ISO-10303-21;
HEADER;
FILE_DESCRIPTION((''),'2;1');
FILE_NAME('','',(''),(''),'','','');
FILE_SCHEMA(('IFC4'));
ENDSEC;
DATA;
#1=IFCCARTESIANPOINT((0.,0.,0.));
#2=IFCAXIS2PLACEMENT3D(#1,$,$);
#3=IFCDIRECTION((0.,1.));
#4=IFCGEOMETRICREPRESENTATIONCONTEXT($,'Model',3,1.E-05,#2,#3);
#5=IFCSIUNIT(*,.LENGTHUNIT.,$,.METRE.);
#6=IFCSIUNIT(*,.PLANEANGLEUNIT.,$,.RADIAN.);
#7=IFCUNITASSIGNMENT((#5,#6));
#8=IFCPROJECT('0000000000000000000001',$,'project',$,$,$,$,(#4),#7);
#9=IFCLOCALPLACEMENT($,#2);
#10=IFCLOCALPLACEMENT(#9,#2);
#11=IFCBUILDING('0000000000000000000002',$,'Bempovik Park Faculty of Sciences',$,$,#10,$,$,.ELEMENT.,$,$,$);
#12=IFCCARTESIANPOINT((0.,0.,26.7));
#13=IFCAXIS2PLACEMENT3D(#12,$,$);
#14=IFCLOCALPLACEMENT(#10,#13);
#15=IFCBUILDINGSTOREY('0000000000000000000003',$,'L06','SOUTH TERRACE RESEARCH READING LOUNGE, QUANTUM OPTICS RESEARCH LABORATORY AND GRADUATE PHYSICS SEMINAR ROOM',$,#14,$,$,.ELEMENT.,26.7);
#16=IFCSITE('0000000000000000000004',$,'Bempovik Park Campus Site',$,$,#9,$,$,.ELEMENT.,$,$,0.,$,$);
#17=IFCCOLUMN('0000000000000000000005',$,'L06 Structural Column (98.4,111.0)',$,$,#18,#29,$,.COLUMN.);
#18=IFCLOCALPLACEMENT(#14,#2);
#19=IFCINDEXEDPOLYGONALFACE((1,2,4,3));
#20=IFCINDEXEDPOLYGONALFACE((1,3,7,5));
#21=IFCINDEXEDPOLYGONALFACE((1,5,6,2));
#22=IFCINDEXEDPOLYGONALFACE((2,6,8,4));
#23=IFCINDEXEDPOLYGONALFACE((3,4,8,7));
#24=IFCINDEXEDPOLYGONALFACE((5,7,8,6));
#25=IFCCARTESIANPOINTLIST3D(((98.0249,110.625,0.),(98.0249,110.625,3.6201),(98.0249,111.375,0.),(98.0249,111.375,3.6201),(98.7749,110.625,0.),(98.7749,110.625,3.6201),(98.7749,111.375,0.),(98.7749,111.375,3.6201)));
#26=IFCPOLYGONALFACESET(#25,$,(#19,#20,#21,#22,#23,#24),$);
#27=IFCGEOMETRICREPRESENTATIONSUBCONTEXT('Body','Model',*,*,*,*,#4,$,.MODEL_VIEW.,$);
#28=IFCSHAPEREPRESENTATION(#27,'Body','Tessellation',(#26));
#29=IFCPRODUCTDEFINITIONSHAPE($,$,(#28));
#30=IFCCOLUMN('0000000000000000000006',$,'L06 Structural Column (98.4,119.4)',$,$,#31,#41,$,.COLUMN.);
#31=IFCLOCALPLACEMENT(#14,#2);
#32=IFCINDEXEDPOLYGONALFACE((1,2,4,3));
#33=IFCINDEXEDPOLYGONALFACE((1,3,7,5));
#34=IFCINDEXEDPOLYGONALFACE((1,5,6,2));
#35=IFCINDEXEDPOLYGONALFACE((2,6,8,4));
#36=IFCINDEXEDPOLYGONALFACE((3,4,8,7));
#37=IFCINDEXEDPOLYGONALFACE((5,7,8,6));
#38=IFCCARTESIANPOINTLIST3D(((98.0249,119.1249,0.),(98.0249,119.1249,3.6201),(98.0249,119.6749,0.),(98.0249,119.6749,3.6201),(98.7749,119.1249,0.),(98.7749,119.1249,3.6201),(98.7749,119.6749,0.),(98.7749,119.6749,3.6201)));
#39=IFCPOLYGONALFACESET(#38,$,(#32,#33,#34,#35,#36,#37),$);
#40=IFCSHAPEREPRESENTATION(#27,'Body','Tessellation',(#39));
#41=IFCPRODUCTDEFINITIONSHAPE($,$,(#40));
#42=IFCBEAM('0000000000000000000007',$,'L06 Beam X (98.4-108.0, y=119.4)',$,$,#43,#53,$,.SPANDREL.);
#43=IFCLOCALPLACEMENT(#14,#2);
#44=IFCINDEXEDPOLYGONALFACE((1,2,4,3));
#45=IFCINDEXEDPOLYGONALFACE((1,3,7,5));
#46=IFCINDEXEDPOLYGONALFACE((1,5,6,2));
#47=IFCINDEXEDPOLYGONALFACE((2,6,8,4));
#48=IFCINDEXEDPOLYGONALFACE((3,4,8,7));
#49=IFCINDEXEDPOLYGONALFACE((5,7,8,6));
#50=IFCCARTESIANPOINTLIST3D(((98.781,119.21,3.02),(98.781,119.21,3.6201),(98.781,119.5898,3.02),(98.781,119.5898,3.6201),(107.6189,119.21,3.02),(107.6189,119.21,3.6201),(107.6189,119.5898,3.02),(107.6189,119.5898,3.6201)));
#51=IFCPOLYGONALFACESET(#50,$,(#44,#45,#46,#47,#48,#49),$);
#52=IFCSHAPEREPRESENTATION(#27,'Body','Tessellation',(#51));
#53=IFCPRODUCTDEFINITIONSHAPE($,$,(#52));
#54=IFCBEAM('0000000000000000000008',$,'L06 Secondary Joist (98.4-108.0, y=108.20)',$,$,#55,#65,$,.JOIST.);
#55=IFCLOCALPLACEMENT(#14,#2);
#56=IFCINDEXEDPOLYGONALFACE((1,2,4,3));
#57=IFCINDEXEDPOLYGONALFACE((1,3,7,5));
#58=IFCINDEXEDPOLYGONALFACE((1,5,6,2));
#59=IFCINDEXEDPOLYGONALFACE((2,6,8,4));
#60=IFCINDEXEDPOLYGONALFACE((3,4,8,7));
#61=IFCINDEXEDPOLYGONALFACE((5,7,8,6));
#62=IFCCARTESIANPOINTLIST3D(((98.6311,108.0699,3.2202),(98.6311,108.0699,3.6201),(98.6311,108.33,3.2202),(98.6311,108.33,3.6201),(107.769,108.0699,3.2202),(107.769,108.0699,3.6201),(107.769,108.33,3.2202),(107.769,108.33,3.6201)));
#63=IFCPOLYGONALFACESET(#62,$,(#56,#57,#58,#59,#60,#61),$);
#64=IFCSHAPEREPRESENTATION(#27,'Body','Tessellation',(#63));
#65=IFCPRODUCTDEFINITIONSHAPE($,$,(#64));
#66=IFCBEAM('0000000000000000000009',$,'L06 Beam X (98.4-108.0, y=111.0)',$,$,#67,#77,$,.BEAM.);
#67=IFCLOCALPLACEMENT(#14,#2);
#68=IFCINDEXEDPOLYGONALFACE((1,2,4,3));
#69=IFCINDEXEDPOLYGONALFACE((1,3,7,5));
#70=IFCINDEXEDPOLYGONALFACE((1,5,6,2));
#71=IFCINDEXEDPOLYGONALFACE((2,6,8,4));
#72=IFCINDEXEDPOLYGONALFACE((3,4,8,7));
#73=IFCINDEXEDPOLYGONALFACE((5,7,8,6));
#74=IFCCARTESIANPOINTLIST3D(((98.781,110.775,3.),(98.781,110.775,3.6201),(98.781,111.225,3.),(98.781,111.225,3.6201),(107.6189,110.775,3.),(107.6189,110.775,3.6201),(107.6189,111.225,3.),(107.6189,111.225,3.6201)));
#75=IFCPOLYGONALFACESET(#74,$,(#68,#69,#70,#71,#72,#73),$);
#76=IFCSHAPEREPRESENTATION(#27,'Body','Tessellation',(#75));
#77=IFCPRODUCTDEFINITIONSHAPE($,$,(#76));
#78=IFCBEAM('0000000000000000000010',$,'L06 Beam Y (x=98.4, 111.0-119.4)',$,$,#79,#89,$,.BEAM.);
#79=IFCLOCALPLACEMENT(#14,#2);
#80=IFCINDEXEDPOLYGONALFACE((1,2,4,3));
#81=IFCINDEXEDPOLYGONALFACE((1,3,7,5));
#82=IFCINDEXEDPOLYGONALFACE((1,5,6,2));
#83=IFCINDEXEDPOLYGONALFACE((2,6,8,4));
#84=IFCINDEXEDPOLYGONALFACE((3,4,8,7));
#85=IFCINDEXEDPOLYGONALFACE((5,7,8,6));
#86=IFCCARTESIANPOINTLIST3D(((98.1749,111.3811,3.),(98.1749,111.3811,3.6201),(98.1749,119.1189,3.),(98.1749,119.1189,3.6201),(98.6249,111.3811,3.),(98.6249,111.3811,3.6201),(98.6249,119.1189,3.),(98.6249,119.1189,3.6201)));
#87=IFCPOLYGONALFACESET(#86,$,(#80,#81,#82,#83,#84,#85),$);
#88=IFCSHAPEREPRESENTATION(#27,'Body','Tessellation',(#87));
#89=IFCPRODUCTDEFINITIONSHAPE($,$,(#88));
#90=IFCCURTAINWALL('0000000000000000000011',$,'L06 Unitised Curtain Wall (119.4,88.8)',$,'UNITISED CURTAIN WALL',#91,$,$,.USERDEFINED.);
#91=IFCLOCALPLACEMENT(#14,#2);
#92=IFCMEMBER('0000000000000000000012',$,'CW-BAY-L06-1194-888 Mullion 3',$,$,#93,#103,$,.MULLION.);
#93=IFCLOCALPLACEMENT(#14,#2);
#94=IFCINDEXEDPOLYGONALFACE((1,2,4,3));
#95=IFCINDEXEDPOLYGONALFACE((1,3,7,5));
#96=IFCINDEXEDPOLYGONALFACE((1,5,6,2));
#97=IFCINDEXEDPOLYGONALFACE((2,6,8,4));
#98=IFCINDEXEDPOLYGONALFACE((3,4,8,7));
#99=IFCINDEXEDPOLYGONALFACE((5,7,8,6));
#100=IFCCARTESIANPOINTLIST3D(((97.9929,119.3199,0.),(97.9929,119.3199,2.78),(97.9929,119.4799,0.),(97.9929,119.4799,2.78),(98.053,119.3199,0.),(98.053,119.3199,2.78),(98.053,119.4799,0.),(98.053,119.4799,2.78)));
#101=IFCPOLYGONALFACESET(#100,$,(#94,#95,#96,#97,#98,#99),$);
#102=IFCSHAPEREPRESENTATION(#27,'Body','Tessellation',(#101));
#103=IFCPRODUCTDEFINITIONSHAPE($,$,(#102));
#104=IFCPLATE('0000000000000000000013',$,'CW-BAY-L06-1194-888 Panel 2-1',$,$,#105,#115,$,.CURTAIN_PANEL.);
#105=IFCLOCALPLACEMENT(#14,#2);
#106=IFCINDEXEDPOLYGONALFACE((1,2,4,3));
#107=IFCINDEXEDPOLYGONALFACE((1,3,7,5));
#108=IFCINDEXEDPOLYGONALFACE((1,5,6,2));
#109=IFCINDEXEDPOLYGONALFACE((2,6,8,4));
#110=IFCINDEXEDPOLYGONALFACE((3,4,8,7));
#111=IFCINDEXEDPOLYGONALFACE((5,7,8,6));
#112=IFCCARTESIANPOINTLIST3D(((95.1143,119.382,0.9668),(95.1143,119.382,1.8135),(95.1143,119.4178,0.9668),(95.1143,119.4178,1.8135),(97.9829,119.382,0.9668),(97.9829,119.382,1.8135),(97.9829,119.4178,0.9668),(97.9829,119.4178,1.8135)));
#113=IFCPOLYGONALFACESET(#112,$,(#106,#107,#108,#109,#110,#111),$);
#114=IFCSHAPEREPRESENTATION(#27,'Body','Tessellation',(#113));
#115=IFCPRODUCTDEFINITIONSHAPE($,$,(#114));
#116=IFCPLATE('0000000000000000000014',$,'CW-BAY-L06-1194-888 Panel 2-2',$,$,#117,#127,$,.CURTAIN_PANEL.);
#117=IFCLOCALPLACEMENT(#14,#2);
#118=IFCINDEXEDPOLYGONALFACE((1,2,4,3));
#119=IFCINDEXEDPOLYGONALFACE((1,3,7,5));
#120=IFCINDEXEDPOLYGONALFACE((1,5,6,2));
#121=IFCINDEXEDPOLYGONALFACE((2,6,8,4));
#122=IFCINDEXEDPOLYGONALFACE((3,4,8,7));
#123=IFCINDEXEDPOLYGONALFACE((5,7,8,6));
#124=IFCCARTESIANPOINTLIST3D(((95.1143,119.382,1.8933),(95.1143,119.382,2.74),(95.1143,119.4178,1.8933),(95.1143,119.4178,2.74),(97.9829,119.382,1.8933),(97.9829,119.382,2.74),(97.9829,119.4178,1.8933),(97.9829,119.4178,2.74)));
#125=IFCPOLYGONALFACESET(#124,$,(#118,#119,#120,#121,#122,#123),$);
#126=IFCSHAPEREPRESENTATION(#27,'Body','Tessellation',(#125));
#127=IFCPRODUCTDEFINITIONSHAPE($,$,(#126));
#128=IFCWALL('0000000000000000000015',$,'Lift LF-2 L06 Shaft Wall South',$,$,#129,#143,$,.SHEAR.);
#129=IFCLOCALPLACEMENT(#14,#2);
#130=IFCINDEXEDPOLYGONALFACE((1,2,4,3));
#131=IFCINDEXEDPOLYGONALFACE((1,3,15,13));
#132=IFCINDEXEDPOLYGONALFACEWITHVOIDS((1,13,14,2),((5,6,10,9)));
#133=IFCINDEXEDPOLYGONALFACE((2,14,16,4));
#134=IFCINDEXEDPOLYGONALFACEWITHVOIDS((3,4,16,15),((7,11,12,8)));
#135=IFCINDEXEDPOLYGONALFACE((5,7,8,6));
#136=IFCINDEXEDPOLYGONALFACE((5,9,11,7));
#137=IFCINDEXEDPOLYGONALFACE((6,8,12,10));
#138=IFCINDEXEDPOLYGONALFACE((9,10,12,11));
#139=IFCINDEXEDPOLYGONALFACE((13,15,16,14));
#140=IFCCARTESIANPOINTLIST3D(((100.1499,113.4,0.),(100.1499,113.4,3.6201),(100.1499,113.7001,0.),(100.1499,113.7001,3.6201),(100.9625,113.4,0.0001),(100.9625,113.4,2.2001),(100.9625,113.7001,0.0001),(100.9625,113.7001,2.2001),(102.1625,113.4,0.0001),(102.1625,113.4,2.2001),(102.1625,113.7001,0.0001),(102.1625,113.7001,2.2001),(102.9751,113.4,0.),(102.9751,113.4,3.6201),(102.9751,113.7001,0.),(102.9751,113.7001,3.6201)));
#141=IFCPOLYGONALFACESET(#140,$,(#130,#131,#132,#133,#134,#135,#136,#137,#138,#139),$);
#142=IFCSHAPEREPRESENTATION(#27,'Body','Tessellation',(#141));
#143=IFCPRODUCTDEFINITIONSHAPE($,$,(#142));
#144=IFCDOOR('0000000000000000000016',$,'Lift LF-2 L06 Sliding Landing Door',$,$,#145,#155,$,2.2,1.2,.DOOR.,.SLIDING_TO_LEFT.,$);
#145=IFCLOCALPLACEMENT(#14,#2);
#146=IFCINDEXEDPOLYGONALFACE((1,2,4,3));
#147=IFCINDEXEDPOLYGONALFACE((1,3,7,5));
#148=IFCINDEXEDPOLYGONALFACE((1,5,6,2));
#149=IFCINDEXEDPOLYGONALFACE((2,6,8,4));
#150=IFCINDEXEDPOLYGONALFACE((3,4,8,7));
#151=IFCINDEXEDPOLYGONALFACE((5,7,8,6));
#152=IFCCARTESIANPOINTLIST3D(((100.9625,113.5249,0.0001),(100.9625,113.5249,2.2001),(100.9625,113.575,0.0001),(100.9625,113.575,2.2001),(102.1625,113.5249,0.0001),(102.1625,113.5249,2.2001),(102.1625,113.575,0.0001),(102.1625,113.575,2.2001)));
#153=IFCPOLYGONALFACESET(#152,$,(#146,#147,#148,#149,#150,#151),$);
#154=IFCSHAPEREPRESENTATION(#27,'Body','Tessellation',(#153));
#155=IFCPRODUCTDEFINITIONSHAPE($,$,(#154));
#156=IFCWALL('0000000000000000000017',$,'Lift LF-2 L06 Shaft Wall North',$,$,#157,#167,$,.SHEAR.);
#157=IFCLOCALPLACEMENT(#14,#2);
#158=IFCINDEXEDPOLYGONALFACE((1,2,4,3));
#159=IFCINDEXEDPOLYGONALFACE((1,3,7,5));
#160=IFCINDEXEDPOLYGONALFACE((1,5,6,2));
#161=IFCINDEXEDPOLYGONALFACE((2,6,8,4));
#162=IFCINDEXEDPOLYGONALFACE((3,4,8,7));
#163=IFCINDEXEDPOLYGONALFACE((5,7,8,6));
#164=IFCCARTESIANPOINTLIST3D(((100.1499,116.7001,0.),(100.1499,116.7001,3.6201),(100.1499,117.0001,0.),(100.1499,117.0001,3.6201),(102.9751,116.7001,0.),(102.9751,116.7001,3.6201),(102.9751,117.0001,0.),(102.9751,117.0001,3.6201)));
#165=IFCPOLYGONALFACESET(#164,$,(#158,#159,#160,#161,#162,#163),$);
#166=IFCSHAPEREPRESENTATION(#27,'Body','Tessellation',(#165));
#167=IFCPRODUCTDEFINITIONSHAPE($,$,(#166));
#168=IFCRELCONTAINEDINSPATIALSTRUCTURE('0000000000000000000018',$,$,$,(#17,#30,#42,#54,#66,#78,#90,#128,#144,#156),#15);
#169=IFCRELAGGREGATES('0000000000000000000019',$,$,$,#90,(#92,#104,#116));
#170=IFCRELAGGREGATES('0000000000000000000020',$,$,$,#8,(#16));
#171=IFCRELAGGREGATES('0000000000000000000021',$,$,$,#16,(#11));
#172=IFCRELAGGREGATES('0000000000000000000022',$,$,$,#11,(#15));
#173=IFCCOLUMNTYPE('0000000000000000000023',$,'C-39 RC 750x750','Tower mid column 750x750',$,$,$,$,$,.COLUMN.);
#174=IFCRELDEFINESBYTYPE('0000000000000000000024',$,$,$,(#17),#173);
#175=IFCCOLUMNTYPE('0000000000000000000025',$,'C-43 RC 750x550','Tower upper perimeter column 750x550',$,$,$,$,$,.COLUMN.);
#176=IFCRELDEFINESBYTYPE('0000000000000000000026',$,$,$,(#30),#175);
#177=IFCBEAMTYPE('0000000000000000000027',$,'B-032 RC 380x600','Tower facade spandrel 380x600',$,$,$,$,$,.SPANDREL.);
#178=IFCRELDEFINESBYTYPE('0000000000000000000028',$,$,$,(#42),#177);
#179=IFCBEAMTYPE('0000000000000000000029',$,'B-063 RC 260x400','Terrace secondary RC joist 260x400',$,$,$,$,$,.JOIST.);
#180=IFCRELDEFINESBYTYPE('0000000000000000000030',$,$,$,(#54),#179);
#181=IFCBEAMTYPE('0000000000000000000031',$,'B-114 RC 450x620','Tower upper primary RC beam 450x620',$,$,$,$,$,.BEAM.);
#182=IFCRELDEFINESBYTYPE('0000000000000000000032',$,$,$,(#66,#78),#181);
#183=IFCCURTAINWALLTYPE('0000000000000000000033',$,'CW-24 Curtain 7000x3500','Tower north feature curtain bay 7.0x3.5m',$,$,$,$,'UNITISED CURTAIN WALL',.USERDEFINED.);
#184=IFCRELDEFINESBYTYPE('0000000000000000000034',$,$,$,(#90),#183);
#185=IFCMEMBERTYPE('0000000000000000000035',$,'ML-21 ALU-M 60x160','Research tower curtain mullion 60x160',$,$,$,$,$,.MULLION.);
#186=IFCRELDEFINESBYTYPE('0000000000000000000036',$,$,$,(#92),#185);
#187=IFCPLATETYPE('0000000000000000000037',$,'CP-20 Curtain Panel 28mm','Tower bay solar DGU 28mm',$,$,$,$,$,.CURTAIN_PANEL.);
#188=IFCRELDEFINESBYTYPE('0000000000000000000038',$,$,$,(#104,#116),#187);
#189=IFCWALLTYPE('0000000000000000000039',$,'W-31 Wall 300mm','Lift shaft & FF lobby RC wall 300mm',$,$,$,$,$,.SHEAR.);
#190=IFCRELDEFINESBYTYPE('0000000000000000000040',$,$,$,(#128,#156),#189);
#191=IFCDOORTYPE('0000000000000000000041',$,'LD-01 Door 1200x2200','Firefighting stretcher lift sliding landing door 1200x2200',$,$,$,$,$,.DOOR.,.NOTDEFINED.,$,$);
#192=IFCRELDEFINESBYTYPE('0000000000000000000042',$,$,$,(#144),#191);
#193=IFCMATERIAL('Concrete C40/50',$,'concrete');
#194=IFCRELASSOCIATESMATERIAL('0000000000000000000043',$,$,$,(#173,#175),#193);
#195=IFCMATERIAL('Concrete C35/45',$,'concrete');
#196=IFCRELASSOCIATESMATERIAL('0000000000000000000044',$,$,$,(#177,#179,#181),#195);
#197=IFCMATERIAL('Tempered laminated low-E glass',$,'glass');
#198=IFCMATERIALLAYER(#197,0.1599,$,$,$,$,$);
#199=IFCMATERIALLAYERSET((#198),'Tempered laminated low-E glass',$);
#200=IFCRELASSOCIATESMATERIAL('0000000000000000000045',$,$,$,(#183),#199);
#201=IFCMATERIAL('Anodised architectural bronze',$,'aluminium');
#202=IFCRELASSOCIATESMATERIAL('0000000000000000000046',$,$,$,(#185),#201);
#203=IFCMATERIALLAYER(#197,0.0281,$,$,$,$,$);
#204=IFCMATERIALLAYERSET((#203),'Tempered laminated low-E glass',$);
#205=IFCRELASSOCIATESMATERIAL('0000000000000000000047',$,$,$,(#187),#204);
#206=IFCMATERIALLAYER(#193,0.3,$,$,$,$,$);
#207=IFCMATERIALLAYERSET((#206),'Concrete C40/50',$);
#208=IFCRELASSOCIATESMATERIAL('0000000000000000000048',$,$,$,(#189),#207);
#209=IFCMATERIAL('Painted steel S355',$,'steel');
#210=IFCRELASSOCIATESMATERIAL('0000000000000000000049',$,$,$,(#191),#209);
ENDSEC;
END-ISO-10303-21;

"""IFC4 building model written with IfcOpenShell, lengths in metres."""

from ifc_helpers import new_model, si_unit, direction, frame, frame_2d, origin, origin_2d, place, context, subcontext, project, spatial, rectangle, extrude, material, layer, layer_set, material_profile, profile_set, type_object, element, fill, aggregate, save


model = new_model("IFC4")

# Units and contexts
model_context = context("Model", 3, precision=1e-05, world=origin(), true_north=direction((0.0, 1.0)))
body_context = subcontext(model_context, "Body", "Model", "MODEL_VIEW")
ifc_project = project(units=[si_unit("LENGTHUNIT", "METRE"), si_unit("PLANEANGLEUNIT", "RADIAN")], contexts=[model_context])

# Site, building, storey
site_placement = place(None, origin())
site = spatial("IfcSite", under=ifc_project, at=site_placement, Name="Bempovik Park Campus Site", CompositionType="ELEMENT", RefElevation=0.0)
building_placement = place(site_placement, origin())
building = spatial("IfcBuilding", under=site, at=building_placement, Name="Bempovik Park Faculty of Sciences", CompositionType="ELEMENT")
storey_placement = place(building_placement, frame((0.0, 0.0, 26.7)))
storey = spatial("IfcBuildingStorey", under=building, at=storey_placement, Name="L06", Description="SOUTH TERRACE RESEARCH READING LOUNGE, QUANTUM OPTICS RESEARCH LABORATORY AND GRADUATE PHYSICS SEMINAR ROOM", CompositionType="ELEMENT", Elevation=26.7)

# Columns
ifc_material_1 = material(Name="Concrete C40/50", Category="concrete")
ifc_material_profile_1 = material_profile(ifc_material_1, rectangle(XDim=0.75, YDim=0.75, at=origin_2d()), Name="RC 750x750")
ifc_profile_set_1 = profile_set([ifc_material_profile_1], Name="Concrete C40/50")
column_type_1 = type_object("IfcColumnType", Name="C-39 RC 750x750", Description="Tower mid column 750x750", PredefinedType="COLUMN", material=ifc_profile_set_1)
column_1_placement = place(storey_placement, frame((98.3999, 111.0, 0.0), z_axis=(0.0, 0.0, 1.0), x_axis=(1.0, 0.0, 0.0)))
element("IfcColumn", 1, at=column_1_placement, inside=storey, type_object=column_type_1, Name="L06 Structural Column (98.4,111.0)", PredefinedType="COLUMN", context=body_context, shape_type="SweptSolid", body=[
    extrude(rectangle(XDim=0.75, YDim=0.75, at=origin_2d()), origin(), (0.0, 0.0, 1.0), 3.6201),
])
ifc_material_profile_2 = material_profile(ifc_material_1, rectangle(XDim=0.75, YDim=0.55, at=origin_2d()), Name="RC 750x550")
ifc_profile_set_2 = profile_set([ifc_material_profile_2], Name="Concrete C40/50")
column_type_2 = type_object("IfcColumnType", Name="C-43 RC 750x550", Description="Tower upper perimeter column 750x550", PredefinedType="COLUMN", material=ifc_profile_set_2)
column_2_placement = place(storey_placement, frame((98.3999, 119.3999, 0.0), z_axis=(0.0, 0.0, 1.0), x_axis=(1.0, 0.0, 0.0)))
element("IfcColumn", 2, at=column_2_placement, inside=storey, type_object=column_type_2, Name="L06 Structural Column (98.4,119.4)", PredefinedType="COLUMN", context=body_context, shape_type="SweptSolid", body=[
    extrude(rectangle(XDim=0.75, YDim=0.55, at=origin_2d()), origin(), (0.0, 0.0, 1.0), 3.6201),
])

# Beams
ifc_material_2 = material(Name="Concrete C35/45", Category="concrete")
ifc_material_profile_3 = material_profile(ifc_material_2, rectangle(XDim=0.3799, YDim=0.6001, at=origin_2d()), Name="RC 380x600")
ifc_profile_set_3 = profile_set([ifc_material_profile_3], Name="Concrete C35/45")
beam_type_1 = type_object("IfcBeamType", Name="B-032 RC 380x600", Description="Tower facade spandrel 380x600", PredefinedType="SPANDREL", material=ifc_profile_set_3)
beam_1_placement = place(storey_placement, frame((98.781, 119.3999, 3.3201), z_axis=(1.0, 0.0, 0.0), x_axis=(0.0, 1.0, 0.0)))
element("IfcBeam", 3, at=beam_1_placement, inside=storey, type_object=beam_type_1, Name="L06 Beam X (98.4-108.0, y=119.4)", PredefinedType="SPANDREL", context=body_context, shape_type="SweptSolid", body=[
    extrude(rectangle(XDim=0.3799, YDim=0.6001, at=origin_2d()), origin(), (0.0, 0.0, 1.0), 8.8379),
])
ifc_material_profile_4 = material_profile(ifc_material_2, rectangle(XDim=0.26, YDim=0.3999, at=origin_2d()), Name="RC 260x400")
ifc_profile_set_4 = profile_set([ifc_material_profile_4], Name="Concrete C35/45")
beam_type_2 = type_object("IfcBeamType", Name="B-063 RC 260x400", Description="Terrace secondary RC joist 260x400", PredefinedType="JOIST", material=ifc_profile_set_4)
beam_2_placement = place(storey_placement, frame((98.6311, 108.2, 3.4202), z_axis=(1.0, 0.0, 0.0), x_axis=(0.0, 1.0, 0.0)))
element("IfcBeam", 4, at=beam_2_placement, inside=storey, type_object=beam_type_2, Name="L06 Secondary Joist (98.4-108.0, y=108.20)", PredefinedType="JOIST", context=body_context, shape_type="SweptSolid", body=[
    extrude(rectangle(XDim=0.26, YDim=0.3999, at=origin_2d()), origin(), (0.0, 0.0, 1.0), 9.1379),
])
ifc_material_profile_5 = material_profile(ifc_material_2, rectangle(XDim=0.45, YDim=0.6201, at=origin_2d()), Name="RC 450x620")
ifc_profile_set_5 = profile_set([ifc_material_profile_5], Name="Concrete C35/45")
beam_type_3 = type_object("IfcBeamType", Name="B-114 RC 450x620", Description="Tower upper primary RC beam 450x620", PredefinedType="BEAM", material=ifc_profile_set_5)
beam_3_placement = place(storey_placement, frame((98.781, 111.0, 3.3101), z_axis=(1.0, 0.0, 0.0), x_axis=(0.0, 1.0, 0.0)))
element("IfcBeam", 5, at=beam_3_placement, inside=storey, type_object=beam_type_3, Name="L06 Beam X (98.4-108.0, y=111.0)", PredefinedType="BEAM", context=body_context, shape_type="SweptSolid", body=[
    extrude(rectangle(XDim=0.45, YDim=0.6201, at=origin_2d()), origin(), (0.0, 0.0, 1.0), 8.8379),
])
beam_4_placement = place(storey_placement, frame((98.3999, 111.3811, 3.3101), z_axis=(0.0, 1.0, 0.0), x_axis=(-1.0, 0.0, 0.0)))
element("IfcBeam", 6, at=beam_4_placement, inside=storey, type_object=beam_type_3, Name="L06 Beam Y (x=98.4, 111.0-119.4)", PredefinedType="BEAM", context=body_context, shape_type="SweptSolid", body=[
    extrude(rectangle(XDim=0.45, YDim=0.6201, at=origin_2d()), origin(), (0.0, 0.0, 1.0), 7.7378),
])

# Curtain wall, member, plates
ifc_material_3 = material(Name="Tempered laminated low-E glass", Category="glass")
ifc_layer_1 = layer(ifc_material_3, 0.1599)
ifc_layer_set_1 = layer_set([ifc_layer_1], Name="Tempered laminated low-E glass")
curtain_wall_type = type_object("IfcCurtainWallType", Name="CW-24 Curtain 7000x3500", Description="Tower north feature curtain bay 7.0x3.5m", ElementType="UNITISED CURTAIN WALL", PredefinedType="USERDEFINED", material=ifc_layer_set_1)
curtain_wall_placement = place(storey_placement, origin())
curtain_wall = element("IfcCurtainWall", 7, at=curtain_wall_placement, inside=storey, type_object=curtain_wall_type, Name="L06 Unitised Curtain Wall (119.4,88.8)", ObjectType="UNITISED CURTAIN WALL", PredefinedType="USERDEFINED")
ifc_material_4 = material(Name="Anodised architectural bronze", Category="aluminium")
ifc_material_profile_6 = material_profile(ifc_material_4, rectangle(XDim=0.0601, YDim=0.1599, at=origin_2d()), Name="ALU-M 60x160")
ifc_profile_set_6 = profile_set([ifc_material_profile_6], Name="Anodised architectural bronze")
member_type = type_object("IfcMemberType", Name="ML-21 ALU-M 60x160", Description="Research tower curtain mullion 60x160", PredefinedType="MULLION", material=ifc_profile_set_6)
member_placement = place(storey_placement, frame((98.0229, 119.3999, 0.0), z_axis=(0.0, 0.0, 1.0), x_axis=(1.0, 0.0, 0.0)))
member = element("IfcMember", 8, at=member_placement, type_object=member_type, Name="CW-BAY-L06-1194-888 Mullion 3", PredefinedType="MULLION", context=body_context, shape_type="SweptSolid", body=[
    extrude(rectangle(XDim=0.0601, YDim=0.1599, at=origin_2d()), origin(), (0.0, 0.0, 1.0), 2.78),
])
ifc_layer_2 = layer(ifc_material_3, 0.0281)
ifc_layer_set_2 = layer_set([ifc_layer_2], Name="Tempered laminated low-E glass")
plate_type = type_object("IfcPlateType", Name="CP-20 Curtain Panel 28mm", Description="Tower bay solar DGU 28mm", PredefinedType="CURTAIN_PANEL", material=ifc_layer_set_2)
plate_1_placement = place(storey_placement, frame((96.5486, 119.3999, 0.9668), z_axis=(0.0, 0.0, 1.0), x_axis=(1.0, 0.0, 0.0)))
plate_1 = element("IfcPlate", 9, at=plate_1_placement, type_object=plate_type, Name="CW-BAY-L06-1194-888 Panel 2-1", PredefinedType="CURTAIN_PANEL", context=body_context, shape_type="SweptSolid", body=[
    extrude(rectangle(XDim=2.8687, YDim=0.0359, at=origin_2d()), origin(), (0.0, 0.0, 1.0), 0.8467),
])
plate_2_placement = place(storey_placement, frame((96.5486, 119.3999, 1.8933), z_axis=(0.0, 0.0, 1.0), x_axis=(1.0, 0.0, 0.0)))
plate_2 = element("IfcPlate", 10, at=plate_2_placement, type_object=plate_type, Name="CW-BAY-L06-1194-888 Panel 2-2", PredefinedType="CURTAIN_PANEL", context=body_context, shape_type="SweptSolid", body=[
    extrude(rectangle(XDim=2.8687, YDim=0.0359, at=origin_2d()), origin(), (0.0, 0.0, 1.0), 0.8467),
])
aggregate(curtain_wall, [member, plate_1, plate_2])

# Wall, opening, door
ifc_layer_3 = layer(ifc_material_1, 0.3)
ifc_layer_set_3 = layer_set([ifc_layer_3], Name="Concrete C40/50")
wall_type_1 = type_object("IfcWallType", Name="W-31 Wall 300mm", Description="Lift shaft & FF lobby RC wall 300mm", PredefinedType="SHEAR", material=ifc_layer_set_3)
wall_1_placement = place(storey_placement, frame((100.1499, 113.55, 0.0), z_axis=(0.0, 0.0, 1.0), x_axis=(1.0, 0.0, 0.0)))
wall_1 = element("IfcWall", 11, at=wall_1_placement, inside=storey, type_object=wall_type_1, Name="Lift LF-2 L06 Shaft Wall South", PredefinedType="SHEAR", context=body_context, shape_type="SweptSolid", body=[
    extrude(rectangle(XDim=2.8252, YDim=0.3, at=frame_2d((1.4126, 0.0))), origin(), (0.0, 0.0, 1.0), 3.6201),
])
opening_1_placement = place(wall_1_placement, frame((0.8125, 0.0, 0.0)))
opening_1 = element("IfcOpeningElement", 12, at=opening_1_placement, cuts=wall_1, PredefinedType="OPENING", context=body_context, shape_type="SweptSolid", body=[
    extrude(rectangle(XDim=1.2, YDim=2.2, at=frame_2d((0.6001, 1.1001))), frame((0.0, 0.1602, 0.0), z_axis=(0.0, -1.0, 0.0), x_axis=(1.0, 0.0, 0.0)), (0.0, 0.0, 1.0), 0.3201),
])
ifc_material_5 = material(Name="Painted steel S355", Category="steel")
door_type_1 = type_object("IfcDoorType", Name="LD-01 Door 1200x2200", Description="Firefighting stretcher lift sliding landing door 1200x2200", OperationType="NOTDEFINED", PredefinedType="DOOR", material=ifc_material_5)
door_1_placement = place(opening_1_placement, origin())
door_1 = element("IfcDoor", 13, at=door_1_placement, inside=storey, type_object=door_type_1, Name="Lift LF-2 L06 Sliding Landing Door", OperationType="SLIDING_TO_LEFT", OverallHeight=2.2, OverallWidth=1.2, PredefinedType="DOOR", context=body_context, shape_type="SweptSolid", body=[
    extrude(rectangle(XDim=1.2, YDim=2.2, at=frame_2d((0.6001, 1.1001))), frame((0.0, 0.0249, 0.0), z_axis=(0.0, -1.0, 0.0), x_axis=(1.0, 0.0, 0.0)), (0.0, 0.0, 1.0), 0.05),
])
fill(opening_1, door_1)

# Wall
wall_2_placement = place(storey_placement, frame((100.1499, 116.8501, 0.0), z_axis=(0.0, 0.0, 1.0), x_axis=(1.0, 0.0, 0.0)))
element("IfcWall", 14, at=wall_2_placement, inside=storey, type_object=wall_type_1, Name="Lift LF-2 L06 Shaft Wall North", PredefinedType="SHEAR", context=body_context, shape_type="SweptSolid", body=[
    extrude(rectangle(XDim=2.8252, YDim=0.3, at=frame_2d((1.4126, 0.0))), origin(), (0.0, 0.0, 1.0), 3.6201),
])

save(model, "model.ifc")
